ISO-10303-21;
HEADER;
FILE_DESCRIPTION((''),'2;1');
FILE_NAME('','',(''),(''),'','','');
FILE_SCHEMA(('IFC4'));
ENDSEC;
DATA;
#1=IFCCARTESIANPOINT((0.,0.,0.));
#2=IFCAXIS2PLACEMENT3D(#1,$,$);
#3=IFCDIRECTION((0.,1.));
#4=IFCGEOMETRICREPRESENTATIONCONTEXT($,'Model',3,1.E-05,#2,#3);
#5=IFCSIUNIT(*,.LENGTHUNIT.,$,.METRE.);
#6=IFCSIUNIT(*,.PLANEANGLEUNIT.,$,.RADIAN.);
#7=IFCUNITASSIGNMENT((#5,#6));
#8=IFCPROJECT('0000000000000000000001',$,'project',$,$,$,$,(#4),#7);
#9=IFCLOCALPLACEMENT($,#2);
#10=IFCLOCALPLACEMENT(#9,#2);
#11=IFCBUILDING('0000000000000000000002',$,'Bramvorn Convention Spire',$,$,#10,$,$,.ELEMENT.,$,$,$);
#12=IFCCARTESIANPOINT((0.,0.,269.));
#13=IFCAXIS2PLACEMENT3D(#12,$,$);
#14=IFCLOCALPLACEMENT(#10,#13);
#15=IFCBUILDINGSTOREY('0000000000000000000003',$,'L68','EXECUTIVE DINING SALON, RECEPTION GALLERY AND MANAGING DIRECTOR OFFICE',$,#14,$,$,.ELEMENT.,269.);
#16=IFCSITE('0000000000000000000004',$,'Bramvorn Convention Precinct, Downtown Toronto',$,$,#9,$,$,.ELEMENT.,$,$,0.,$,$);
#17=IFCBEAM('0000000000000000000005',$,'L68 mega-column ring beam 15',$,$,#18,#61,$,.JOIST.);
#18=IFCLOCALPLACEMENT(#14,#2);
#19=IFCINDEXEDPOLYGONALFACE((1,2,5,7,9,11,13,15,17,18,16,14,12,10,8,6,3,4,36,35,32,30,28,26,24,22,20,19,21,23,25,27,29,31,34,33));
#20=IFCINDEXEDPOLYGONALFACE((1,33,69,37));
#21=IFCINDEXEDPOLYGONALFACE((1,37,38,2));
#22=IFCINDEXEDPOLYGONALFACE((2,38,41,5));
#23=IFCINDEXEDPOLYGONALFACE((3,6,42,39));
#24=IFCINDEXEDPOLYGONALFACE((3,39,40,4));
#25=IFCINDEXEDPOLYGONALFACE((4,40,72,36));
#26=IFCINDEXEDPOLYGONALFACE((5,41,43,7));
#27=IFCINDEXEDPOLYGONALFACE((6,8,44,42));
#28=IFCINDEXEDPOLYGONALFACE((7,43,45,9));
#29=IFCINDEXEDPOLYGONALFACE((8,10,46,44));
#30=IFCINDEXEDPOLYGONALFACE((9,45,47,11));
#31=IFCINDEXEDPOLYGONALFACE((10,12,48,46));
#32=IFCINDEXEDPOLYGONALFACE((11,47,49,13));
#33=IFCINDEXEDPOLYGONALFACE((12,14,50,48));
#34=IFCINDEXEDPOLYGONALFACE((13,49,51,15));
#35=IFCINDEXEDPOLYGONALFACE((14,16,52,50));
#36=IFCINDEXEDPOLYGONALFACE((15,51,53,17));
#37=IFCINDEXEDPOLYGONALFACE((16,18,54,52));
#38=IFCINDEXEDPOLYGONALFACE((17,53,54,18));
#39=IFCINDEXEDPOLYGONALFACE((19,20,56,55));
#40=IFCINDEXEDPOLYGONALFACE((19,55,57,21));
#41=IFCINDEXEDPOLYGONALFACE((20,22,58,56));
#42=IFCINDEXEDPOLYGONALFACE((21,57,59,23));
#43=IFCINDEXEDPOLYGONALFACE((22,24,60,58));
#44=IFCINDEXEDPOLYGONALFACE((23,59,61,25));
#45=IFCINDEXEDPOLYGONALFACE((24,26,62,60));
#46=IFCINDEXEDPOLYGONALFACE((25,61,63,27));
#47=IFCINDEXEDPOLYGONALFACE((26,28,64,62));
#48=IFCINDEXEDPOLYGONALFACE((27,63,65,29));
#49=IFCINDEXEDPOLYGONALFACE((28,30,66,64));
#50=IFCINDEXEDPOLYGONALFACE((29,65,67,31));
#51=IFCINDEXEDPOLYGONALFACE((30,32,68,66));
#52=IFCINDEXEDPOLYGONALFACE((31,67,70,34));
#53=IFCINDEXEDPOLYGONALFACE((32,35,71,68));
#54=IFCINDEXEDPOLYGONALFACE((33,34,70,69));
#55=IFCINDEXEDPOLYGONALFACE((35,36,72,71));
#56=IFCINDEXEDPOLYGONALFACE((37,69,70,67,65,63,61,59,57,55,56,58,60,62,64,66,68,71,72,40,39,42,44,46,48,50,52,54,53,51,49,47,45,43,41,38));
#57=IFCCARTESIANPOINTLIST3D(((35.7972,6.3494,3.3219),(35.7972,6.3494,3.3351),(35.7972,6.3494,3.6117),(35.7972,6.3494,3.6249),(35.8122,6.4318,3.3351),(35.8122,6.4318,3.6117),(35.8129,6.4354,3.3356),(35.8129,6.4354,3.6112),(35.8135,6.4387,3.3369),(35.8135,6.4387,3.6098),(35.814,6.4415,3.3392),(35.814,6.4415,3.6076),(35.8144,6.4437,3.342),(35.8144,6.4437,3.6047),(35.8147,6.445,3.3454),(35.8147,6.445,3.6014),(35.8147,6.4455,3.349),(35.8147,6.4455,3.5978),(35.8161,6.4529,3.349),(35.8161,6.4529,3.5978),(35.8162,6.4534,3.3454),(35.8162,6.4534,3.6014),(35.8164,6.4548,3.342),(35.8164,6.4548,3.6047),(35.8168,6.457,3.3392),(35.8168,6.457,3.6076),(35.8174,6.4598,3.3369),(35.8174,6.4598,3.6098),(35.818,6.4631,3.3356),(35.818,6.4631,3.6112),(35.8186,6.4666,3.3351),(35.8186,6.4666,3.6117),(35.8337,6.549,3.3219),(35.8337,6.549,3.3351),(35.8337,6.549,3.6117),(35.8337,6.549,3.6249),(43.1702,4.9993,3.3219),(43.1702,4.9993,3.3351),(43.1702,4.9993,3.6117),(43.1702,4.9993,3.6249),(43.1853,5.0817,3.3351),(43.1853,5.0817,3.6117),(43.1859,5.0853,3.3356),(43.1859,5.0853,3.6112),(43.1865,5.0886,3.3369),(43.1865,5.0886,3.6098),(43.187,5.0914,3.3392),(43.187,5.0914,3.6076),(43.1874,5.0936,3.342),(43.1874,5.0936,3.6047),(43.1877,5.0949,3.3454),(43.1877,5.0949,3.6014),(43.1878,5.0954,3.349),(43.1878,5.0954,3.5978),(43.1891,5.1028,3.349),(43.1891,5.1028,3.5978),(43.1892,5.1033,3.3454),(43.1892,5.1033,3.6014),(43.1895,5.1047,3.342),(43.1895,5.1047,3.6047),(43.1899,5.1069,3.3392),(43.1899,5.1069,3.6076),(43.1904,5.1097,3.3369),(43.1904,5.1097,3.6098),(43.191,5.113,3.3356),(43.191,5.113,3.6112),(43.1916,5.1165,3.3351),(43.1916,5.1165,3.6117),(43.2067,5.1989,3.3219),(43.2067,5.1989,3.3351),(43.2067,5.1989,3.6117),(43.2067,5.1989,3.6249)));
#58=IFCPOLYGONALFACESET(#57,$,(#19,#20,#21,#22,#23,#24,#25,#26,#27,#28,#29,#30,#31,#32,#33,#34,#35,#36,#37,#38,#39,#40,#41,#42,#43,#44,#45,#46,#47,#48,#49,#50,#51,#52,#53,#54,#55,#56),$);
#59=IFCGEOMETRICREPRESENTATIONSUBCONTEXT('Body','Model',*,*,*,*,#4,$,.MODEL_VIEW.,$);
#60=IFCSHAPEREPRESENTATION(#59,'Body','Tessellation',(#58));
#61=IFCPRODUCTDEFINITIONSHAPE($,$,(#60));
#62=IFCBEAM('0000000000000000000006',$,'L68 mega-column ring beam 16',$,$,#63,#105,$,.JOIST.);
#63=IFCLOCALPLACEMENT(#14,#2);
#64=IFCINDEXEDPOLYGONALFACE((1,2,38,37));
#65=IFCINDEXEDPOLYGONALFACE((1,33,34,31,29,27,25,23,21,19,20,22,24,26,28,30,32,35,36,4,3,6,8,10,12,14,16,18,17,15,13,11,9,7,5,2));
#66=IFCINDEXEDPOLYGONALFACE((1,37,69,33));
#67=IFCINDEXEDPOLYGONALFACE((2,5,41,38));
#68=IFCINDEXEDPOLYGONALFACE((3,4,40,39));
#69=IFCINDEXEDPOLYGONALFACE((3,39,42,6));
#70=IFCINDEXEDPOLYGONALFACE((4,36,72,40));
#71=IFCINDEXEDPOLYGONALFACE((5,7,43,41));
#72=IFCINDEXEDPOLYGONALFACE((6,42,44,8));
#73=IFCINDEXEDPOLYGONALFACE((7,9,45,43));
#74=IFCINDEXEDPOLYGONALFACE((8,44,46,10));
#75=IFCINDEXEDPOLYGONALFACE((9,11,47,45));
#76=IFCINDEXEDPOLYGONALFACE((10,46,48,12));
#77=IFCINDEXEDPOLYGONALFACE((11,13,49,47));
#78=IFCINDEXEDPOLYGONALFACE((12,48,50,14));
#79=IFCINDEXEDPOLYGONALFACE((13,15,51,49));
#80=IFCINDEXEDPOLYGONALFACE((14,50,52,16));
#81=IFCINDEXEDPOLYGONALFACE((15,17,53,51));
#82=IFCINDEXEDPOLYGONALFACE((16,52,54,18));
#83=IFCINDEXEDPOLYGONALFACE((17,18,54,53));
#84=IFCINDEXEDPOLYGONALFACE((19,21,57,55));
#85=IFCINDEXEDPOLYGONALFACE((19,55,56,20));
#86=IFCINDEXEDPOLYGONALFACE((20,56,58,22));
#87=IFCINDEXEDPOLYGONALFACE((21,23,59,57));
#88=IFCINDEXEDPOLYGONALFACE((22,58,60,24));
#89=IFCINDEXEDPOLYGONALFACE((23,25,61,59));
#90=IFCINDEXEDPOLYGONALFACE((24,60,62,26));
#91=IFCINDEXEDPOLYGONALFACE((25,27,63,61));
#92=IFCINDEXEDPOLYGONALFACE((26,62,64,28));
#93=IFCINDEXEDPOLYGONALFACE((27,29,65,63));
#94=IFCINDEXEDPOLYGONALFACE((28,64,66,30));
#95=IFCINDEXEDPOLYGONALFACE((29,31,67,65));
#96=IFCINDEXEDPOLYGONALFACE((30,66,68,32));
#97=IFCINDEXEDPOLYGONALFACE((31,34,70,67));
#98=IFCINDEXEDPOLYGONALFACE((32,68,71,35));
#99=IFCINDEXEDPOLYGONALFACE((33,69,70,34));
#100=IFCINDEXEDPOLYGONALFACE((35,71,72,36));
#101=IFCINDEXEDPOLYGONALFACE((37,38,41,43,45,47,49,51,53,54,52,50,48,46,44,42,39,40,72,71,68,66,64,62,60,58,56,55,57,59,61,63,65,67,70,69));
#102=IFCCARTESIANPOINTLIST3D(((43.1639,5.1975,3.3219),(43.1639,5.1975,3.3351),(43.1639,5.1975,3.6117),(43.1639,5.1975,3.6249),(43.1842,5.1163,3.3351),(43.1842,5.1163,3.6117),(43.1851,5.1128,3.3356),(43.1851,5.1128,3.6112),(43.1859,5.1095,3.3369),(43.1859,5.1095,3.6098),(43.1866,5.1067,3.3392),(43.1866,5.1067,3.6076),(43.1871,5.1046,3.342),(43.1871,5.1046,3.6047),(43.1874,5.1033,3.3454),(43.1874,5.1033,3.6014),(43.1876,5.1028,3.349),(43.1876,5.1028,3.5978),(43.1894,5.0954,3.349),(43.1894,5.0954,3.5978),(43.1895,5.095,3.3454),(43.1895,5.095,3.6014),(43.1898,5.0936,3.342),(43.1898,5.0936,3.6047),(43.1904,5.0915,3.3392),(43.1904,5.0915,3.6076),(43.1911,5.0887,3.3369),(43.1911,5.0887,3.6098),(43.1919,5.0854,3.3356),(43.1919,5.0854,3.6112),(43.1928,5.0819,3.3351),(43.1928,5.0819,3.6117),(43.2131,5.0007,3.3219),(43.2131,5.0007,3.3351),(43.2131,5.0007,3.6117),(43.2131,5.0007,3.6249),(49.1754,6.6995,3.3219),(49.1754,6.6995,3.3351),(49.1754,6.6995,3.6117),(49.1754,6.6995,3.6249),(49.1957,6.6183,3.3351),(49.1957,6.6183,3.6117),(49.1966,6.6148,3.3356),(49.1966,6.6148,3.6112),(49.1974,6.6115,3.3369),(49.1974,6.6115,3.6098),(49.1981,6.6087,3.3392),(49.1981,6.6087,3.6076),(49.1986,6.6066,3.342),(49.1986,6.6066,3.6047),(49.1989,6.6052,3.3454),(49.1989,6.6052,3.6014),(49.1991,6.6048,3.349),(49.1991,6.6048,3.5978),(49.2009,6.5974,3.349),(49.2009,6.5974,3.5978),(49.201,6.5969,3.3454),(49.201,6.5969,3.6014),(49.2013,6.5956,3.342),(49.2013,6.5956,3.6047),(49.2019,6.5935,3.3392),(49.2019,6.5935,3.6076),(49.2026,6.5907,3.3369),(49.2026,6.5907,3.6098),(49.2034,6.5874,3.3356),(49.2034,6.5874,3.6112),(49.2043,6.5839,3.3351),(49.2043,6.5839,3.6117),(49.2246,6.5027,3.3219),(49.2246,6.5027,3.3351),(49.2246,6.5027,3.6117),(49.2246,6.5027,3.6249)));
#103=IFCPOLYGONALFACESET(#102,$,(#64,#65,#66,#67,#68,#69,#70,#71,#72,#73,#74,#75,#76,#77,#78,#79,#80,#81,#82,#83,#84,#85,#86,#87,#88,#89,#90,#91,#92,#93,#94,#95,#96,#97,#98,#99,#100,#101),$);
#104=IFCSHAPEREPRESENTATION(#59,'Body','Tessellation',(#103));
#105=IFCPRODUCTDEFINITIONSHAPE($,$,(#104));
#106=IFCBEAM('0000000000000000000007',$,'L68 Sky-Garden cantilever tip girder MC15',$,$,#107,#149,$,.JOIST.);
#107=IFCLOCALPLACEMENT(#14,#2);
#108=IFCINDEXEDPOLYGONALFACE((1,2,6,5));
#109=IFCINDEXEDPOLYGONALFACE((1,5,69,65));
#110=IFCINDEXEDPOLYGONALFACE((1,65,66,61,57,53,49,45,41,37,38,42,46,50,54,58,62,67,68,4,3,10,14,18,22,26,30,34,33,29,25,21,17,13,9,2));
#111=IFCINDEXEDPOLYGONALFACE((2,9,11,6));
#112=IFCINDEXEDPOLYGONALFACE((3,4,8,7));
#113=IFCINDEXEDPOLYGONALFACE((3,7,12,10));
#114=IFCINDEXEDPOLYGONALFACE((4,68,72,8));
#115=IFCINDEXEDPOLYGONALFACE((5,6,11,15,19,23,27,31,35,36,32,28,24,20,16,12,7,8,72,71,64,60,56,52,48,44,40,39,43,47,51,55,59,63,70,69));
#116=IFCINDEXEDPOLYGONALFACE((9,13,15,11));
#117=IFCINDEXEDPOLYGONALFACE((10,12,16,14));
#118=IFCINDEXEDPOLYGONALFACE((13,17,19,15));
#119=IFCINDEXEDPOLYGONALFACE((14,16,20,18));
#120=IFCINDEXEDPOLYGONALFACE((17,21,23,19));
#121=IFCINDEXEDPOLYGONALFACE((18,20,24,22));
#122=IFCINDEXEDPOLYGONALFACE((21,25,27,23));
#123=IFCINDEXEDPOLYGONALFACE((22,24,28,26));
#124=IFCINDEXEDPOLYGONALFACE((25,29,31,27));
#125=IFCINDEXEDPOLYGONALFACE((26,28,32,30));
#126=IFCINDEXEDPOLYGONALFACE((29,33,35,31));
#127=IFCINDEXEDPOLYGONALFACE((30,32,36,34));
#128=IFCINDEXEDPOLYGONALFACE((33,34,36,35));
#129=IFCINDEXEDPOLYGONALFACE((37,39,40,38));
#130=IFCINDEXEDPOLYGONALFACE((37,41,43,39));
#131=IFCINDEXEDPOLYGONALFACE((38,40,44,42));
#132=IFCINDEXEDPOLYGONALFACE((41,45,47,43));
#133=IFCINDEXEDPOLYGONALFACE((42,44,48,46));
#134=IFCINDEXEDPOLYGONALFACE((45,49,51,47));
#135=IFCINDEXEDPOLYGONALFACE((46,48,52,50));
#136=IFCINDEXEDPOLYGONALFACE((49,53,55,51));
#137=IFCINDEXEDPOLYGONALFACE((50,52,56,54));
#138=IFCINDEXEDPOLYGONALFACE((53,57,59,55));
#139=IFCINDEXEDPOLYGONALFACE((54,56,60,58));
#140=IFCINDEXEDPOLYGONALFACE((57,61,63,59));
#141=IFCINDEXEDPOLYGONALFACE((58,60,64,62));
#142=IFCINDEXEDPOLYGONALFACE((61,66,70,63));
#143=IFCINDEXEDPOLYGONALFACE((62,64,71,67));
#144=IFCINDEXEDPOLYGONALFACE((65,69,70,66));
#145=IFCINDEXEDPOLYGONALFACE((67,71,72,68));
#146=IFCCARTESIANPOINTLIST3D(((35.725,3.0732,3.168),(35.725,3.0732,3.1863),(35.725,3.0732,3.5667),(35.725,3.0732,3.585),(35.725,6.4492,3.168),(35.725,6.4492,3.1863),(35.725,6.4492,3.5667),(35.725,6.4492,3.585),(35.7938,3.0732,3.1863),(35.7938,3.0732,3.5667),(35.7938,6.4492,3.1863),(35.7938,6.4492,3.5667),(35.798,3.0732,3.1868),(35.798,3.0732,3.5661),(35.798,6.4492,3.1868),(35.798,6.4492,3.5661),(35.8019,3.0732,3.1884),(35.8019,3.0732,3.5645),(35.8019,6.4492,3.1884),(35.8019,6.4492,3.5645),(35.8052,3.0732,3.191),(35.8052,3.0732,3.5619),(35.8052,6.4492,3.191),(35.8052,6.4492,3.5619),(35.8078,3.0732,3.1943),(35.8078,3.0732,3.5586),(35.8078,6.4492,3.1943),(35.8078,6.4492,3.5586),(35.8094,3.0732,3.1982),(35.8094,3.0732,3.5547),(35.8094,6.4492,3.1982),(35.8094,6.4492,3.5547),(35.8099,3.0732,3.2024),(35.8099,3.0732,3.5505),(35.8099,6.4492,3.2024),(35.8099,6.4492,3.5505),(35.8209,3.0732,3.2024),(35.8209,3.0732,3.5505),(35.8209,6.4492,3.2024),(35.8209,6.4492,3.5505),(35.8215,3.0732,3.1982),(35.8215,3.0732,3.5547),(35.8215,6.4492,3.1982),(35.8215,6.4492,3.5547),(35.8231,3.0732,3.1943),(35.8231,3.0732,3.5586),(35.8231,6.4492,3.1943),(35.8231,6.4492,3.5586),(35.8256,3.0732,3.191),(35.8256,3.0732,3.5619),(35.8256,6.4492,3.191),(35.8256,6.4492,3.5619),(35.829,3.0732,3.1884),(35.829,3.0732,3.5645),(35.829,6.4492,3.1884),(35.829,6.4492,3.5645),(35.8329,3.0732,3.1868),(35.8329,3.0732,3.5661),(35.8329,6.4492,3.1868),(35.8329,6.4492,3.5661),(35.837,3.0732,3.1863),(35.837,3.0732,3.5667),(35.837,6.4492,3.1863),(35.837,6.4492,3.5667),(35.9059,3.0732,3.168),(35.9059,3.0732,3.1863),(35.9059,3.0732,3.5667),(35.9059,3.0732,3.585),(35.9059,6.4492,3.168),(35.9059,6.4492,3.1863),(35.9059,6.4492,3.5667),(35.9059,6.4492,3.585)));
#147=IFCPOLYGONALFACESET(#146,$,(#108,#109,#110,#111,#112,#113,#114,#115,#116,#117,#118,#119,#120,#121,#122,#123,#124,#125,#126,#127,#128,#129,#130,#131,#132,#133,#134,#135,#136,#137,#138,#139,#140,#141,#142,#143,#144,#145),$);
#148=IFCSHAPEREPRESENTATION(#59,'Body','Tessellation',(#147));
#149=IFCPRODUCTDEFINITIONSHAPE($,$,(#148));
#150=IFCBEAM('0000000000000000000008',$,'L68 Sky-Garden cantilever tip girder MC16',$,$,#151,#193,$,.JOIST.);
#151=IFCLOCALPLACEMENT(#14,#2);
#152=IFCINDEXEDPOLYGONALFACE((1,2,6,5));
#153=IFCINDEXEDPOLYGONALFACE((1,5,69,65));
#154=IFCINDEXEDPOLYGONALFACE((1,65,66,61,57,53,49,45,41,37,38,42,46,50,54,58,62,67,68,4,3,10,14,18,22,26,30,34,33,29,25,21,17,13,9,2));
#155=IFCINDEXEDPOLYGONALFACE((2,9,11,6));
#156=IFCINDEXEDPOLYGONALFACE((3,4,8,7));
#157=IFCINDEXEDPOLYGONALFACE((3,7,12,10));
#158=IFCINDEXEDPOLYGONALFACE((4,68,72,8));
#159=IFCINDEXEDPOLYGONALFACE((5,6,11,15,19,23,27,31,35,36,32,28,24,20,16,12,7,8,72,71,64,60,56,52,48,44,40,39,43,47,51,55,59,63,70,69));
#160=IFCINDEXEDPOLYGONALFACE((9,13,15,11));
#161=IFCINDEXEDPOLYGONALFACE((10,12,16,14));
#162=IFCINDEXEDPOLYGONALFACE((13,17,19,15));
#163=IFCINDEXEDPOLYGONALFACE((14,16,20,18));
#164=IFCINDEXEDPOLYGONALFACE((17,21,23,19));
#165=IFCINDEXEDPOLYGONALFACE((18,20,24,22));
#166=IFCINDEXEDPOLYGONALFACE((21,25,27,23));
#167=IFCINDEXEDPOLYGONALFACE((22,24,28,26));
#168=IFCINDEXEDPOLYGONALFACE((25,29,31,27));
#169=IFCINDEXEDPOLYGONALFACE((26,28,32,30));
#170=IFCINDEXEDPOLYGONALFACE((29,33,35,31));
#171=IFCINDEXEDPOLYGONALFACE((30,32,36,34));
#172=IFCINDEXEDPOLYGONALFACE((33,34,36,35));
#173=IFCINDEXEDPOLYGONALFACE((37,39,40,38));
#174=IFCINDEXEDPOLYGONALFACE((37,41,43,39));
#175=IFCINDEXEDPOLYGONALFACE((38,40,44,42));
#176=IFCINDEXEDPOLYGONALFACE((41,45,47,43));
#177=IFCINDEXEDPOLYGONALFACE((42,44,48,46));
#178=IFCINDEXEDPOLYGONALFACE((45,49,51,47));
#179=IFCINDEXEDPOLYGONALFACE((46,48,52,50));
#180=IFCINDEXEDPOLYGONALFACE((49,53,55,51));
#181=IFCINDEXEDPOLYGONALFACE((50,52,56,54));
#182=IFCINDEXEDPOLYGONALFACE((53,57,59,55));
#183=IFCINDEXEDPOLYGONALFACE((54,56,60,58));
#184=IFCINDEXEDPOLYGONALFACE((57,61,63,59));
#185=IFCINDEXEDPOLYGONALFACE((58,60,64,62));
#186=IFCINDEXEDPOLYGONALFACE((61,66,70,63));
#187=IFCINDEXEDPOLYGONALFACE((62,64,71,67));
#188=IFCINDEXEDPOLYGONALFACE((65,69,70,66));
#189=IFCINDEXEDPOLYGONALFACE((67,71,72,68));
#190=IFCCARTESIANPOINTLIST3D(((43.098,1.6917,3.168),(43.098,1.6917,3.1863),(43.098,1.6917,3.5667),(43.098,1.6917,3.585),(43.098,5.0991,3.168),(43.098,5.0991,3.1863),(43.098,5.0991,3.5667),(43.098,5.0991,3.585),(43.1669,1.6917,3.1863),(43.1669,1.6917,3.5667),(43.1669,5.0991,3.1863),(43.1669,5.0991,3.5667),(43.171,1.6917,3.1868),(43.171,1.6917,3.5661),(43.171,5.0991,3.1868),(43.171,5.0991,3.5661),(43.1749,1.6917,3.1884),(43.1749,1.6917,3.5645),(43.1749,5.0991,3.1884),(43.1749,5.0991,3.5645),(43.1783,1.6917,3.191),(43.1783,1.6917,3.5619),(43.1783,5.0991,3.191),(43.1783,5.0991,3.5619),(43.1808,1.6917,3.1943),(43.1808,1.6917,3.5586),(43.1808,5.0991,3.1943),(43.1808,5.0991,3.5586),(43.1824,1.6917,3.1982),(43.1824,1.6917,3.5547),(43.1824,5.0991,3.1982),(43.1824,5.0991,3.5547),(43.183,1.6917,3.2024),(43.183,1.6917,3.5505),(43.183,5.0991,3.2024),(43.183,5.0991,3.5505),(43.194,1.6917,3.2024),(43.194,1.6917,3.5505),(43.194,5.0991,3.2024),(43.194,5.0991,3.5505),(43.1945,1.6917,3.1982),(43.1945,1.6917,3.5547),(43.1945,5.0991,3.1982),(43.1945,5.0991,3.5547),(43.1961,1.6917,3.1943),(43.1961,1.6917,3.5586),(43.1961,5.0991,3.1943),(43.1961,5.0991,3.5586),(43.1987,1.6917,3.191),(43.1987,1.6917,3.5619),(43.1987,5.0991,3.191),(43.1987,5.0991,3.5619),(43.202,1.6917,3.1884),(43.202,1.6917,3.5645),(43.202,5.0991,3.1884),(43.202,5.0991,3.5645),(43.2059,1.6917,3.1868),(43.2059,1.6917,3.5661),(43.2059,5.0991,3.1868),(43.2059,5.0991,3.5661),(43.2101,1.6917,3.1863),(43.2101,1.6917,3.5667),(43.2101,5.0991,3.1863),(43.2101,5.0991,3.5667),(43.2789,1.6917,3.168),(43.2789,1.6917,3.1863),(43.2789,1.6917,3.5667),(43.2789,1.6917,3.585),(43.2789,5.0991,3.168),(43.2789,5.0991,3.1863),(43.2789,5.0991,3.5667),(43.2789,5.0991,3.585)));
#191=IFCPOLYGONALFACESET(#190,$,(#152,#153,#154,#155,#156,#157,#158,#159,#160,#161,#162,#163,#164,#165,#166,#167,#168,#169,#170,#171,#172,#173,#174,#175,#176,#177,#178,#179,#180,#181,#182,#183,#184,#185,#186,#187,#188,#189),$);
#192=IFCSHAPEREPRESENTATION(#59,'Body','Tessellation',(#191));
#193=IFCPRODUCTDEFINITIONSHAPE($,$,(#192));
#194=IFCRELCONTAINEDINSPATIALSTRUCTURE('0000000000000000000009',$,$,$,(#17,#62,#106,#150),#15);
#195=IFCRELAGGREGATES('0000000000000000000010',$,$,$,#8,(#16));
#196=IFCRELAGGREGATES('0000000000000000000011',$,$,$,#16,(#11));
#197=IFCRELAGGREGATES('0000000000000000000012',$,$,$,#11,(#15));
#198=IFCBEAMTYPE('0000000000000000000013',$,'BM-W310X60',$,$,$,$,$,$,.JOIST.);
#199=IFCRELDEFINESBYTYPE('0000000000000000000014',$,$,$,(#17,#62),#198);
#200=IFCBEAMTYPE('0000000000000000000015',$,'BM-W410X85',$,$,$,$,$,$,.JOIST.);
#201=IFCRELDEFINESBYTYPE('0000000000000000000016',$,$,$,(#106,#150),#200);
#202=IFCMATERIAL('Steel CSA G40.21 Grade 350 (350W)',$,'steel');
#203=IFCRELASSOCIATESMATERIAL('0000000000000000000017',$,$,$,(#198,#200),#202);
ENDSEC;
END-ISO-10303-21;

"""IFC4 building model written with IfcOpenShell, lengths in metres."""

from ifc_helpers import new_model, si_unit, direction, frame, origin, origin_2d, place, context, subcontext, project, spatial, i_section, extrude, material, material_profile, profile_set, type_object, element, save


model = new_model("IFC4")

# Units and contexts
model_context = context("Model", 3, precision=1e-05, world=origin(), true_north=direction((0.0, 1.0)))
body_context = subcontext(model_context, "Body", "Model", "MODEL_VIEW")
ifc_project = project(units=[si_unit("LENGTHUNIT", "METRE"), si_unit("PLANEANGLEUNIT", "RADIAN")], contexts=[model_context])

# Site, building, storey
site_placement = place(None, origin())
site = spatial("IfcSite", under=ifc_project, at=site_placement, Name="Bramvorn Convention Precinct, Downtown Toronto", CompositionType="ELEMENT", RefElevation=0.0)
building_placement = place(site_placement, origin())
building = spatial("IfcBuilding", under=site, at=building_placement, Name="Bramvorn Convention Spire", CompositionType="ELEMENT")
storey_placement = place(building_placement, frame((0.0, 0.0, 269.0)))
storey = spatial("IfcBuildingStorey", under=building, at=storey_placement, Name="L68", Description="EXECUTIVE DINING SALON, RECEPTION GALLERY AND MANAGING DIRECTOR OFFICE", CompositionType="ELEMENT", Elevation=269.0)

# Shared definitions
ifc_material_1 = material(Name="Steel CSA G40.21 Grade 350 (350W)", Category="steel")

# Beams
ifc_material_profile_1 = material_profile(ifc_material_1, i_section(OverallWidth=0.2029, OverallDepth=0.303, WebThickness=0.0076, FlangeThickness=0.0132, FilletRadius=0.0139, at=origin_2d()))
ifc_profile_set_1 = profile_set([ifc_material_profile_1], Name="Steel CSA G40.21 Grade 350 (350W) - W310X60")
beam_type_1 = type_object("IfcBeamType", Name="BM-W310X60", PredefinedType="JOIST", material=ifc_profile_set_1)
beam_1_placement = place(storey_placement, frame((35.8154, 6.4492, 3.4734), z_axis=(0.983645, -0.180118, 0.0), x_axis=(0.180118, 0.983645, 0.0)))
element("IfcBeam", 1, at=beam_1_placement, inside=storey, type_object=beam_type_1, Name="L68 mega-column ring beam 15", PredefinedType="JOIST", context=body_context, shape_type="SweptSolid", body=[
    extrude(i_section(OverallWidth=0.2029, OverallDepth=0.303, WebThickness=0.0076, FlangeThickness=0.0132, FilletRadius=0.0139, at=origin_2d()), origin(), (0.0, 0.0, 1.0), 7.4956),
])
beam_2_placement = place(storey_placement, frame((43.1885, 5.0991, 3.4734), z_axis=(0.970177, 0.242397, 0.0), x_axis=(-0.242397, 0.970177, 0.0)))
element("IfcBeam", 2, at=beam_2_placement, inside=storey, type_object=beam_type_1, Name="L68 mega-column ring beam 16", PredefinedType="JOIST", context=body_context, shape_type="SweptSolid", body=[
    extrude(i_section(OverallWidth=0.2029, OverallDepth=0.303, WebThickness=0.0076, FlangeThickness=0.0132, FilletRadius=0.0139, at=origin_2d()), origin(), (0.0, 0.0, 1.0), 6.1963),
])
ifc_material_profile_2 = material_profile(ifc_material_1, i_section(OverallWidth=0.1809, OverallDepth=0.417, WebThickness=0.011, FlangeThickness=0.0183, FilletRadius=0.0161, at=origin_2d()))
ifc_profile_set_2 = profile_set([ifc_material_profile_2], Name="Steel CSA G40.21 Grade 350 (350W) - W410X85")
beam_type_2 = type_object("IfcBeamType", Name="BM-W410X85", PredefinedType="JOIST", material=ifc_profile_set_2)
beam_3_placement = place(storey_placement, frame((35.8154, 6.4492, 3.3765), z_axis=(0.0, -1.0, 0.0), x_axis=(1.0, 0.0, 0.0)))
element("IfcBeam", 3, at=beam_3_placement, inside=storey, type_object=beam_type_2, Name="L68 Sky-Garden cantilever tip girder MC15", PredefinedType="JOIST", context=body_context, shape_type="SweptSolid", body=[
    extrude(i_section(OverallWidth=0.1809, OverallDepth=0.417, WebThickness=0.011, FlangeThickness=0.0183, FilletRadius=0.0161, at=origin_2d()), origin(), (0.0, 0.0, 1.0), 3.376),
])
beam_4_placement = place(storey_placement, frame((43.1885, 5.0991, 3.3765), z_axis=(0.0, -1.0, 0.0), x_axis=(1.0, 0.0, 0.0)))
element("IfcBeam", 4, at=beam_4_placement, inside=storey, type_object=beam_type_2, Name="L68 Sky-Garden cantilever tip girder MC16", PredefinedType="JOIST", context=body_context, shape_type="SweptSolid", body=[
    extrude(i_section(OverallWidth=0.1809, OverallDepth=0.417, WebThickness=0.011, FlangeThickness=0.0183, FilletRadius=0.0161, at=origin_2d()), origin(), (0.0, 0.0, 1.0), 3.4075),
])

save(model, "model.ifc")
